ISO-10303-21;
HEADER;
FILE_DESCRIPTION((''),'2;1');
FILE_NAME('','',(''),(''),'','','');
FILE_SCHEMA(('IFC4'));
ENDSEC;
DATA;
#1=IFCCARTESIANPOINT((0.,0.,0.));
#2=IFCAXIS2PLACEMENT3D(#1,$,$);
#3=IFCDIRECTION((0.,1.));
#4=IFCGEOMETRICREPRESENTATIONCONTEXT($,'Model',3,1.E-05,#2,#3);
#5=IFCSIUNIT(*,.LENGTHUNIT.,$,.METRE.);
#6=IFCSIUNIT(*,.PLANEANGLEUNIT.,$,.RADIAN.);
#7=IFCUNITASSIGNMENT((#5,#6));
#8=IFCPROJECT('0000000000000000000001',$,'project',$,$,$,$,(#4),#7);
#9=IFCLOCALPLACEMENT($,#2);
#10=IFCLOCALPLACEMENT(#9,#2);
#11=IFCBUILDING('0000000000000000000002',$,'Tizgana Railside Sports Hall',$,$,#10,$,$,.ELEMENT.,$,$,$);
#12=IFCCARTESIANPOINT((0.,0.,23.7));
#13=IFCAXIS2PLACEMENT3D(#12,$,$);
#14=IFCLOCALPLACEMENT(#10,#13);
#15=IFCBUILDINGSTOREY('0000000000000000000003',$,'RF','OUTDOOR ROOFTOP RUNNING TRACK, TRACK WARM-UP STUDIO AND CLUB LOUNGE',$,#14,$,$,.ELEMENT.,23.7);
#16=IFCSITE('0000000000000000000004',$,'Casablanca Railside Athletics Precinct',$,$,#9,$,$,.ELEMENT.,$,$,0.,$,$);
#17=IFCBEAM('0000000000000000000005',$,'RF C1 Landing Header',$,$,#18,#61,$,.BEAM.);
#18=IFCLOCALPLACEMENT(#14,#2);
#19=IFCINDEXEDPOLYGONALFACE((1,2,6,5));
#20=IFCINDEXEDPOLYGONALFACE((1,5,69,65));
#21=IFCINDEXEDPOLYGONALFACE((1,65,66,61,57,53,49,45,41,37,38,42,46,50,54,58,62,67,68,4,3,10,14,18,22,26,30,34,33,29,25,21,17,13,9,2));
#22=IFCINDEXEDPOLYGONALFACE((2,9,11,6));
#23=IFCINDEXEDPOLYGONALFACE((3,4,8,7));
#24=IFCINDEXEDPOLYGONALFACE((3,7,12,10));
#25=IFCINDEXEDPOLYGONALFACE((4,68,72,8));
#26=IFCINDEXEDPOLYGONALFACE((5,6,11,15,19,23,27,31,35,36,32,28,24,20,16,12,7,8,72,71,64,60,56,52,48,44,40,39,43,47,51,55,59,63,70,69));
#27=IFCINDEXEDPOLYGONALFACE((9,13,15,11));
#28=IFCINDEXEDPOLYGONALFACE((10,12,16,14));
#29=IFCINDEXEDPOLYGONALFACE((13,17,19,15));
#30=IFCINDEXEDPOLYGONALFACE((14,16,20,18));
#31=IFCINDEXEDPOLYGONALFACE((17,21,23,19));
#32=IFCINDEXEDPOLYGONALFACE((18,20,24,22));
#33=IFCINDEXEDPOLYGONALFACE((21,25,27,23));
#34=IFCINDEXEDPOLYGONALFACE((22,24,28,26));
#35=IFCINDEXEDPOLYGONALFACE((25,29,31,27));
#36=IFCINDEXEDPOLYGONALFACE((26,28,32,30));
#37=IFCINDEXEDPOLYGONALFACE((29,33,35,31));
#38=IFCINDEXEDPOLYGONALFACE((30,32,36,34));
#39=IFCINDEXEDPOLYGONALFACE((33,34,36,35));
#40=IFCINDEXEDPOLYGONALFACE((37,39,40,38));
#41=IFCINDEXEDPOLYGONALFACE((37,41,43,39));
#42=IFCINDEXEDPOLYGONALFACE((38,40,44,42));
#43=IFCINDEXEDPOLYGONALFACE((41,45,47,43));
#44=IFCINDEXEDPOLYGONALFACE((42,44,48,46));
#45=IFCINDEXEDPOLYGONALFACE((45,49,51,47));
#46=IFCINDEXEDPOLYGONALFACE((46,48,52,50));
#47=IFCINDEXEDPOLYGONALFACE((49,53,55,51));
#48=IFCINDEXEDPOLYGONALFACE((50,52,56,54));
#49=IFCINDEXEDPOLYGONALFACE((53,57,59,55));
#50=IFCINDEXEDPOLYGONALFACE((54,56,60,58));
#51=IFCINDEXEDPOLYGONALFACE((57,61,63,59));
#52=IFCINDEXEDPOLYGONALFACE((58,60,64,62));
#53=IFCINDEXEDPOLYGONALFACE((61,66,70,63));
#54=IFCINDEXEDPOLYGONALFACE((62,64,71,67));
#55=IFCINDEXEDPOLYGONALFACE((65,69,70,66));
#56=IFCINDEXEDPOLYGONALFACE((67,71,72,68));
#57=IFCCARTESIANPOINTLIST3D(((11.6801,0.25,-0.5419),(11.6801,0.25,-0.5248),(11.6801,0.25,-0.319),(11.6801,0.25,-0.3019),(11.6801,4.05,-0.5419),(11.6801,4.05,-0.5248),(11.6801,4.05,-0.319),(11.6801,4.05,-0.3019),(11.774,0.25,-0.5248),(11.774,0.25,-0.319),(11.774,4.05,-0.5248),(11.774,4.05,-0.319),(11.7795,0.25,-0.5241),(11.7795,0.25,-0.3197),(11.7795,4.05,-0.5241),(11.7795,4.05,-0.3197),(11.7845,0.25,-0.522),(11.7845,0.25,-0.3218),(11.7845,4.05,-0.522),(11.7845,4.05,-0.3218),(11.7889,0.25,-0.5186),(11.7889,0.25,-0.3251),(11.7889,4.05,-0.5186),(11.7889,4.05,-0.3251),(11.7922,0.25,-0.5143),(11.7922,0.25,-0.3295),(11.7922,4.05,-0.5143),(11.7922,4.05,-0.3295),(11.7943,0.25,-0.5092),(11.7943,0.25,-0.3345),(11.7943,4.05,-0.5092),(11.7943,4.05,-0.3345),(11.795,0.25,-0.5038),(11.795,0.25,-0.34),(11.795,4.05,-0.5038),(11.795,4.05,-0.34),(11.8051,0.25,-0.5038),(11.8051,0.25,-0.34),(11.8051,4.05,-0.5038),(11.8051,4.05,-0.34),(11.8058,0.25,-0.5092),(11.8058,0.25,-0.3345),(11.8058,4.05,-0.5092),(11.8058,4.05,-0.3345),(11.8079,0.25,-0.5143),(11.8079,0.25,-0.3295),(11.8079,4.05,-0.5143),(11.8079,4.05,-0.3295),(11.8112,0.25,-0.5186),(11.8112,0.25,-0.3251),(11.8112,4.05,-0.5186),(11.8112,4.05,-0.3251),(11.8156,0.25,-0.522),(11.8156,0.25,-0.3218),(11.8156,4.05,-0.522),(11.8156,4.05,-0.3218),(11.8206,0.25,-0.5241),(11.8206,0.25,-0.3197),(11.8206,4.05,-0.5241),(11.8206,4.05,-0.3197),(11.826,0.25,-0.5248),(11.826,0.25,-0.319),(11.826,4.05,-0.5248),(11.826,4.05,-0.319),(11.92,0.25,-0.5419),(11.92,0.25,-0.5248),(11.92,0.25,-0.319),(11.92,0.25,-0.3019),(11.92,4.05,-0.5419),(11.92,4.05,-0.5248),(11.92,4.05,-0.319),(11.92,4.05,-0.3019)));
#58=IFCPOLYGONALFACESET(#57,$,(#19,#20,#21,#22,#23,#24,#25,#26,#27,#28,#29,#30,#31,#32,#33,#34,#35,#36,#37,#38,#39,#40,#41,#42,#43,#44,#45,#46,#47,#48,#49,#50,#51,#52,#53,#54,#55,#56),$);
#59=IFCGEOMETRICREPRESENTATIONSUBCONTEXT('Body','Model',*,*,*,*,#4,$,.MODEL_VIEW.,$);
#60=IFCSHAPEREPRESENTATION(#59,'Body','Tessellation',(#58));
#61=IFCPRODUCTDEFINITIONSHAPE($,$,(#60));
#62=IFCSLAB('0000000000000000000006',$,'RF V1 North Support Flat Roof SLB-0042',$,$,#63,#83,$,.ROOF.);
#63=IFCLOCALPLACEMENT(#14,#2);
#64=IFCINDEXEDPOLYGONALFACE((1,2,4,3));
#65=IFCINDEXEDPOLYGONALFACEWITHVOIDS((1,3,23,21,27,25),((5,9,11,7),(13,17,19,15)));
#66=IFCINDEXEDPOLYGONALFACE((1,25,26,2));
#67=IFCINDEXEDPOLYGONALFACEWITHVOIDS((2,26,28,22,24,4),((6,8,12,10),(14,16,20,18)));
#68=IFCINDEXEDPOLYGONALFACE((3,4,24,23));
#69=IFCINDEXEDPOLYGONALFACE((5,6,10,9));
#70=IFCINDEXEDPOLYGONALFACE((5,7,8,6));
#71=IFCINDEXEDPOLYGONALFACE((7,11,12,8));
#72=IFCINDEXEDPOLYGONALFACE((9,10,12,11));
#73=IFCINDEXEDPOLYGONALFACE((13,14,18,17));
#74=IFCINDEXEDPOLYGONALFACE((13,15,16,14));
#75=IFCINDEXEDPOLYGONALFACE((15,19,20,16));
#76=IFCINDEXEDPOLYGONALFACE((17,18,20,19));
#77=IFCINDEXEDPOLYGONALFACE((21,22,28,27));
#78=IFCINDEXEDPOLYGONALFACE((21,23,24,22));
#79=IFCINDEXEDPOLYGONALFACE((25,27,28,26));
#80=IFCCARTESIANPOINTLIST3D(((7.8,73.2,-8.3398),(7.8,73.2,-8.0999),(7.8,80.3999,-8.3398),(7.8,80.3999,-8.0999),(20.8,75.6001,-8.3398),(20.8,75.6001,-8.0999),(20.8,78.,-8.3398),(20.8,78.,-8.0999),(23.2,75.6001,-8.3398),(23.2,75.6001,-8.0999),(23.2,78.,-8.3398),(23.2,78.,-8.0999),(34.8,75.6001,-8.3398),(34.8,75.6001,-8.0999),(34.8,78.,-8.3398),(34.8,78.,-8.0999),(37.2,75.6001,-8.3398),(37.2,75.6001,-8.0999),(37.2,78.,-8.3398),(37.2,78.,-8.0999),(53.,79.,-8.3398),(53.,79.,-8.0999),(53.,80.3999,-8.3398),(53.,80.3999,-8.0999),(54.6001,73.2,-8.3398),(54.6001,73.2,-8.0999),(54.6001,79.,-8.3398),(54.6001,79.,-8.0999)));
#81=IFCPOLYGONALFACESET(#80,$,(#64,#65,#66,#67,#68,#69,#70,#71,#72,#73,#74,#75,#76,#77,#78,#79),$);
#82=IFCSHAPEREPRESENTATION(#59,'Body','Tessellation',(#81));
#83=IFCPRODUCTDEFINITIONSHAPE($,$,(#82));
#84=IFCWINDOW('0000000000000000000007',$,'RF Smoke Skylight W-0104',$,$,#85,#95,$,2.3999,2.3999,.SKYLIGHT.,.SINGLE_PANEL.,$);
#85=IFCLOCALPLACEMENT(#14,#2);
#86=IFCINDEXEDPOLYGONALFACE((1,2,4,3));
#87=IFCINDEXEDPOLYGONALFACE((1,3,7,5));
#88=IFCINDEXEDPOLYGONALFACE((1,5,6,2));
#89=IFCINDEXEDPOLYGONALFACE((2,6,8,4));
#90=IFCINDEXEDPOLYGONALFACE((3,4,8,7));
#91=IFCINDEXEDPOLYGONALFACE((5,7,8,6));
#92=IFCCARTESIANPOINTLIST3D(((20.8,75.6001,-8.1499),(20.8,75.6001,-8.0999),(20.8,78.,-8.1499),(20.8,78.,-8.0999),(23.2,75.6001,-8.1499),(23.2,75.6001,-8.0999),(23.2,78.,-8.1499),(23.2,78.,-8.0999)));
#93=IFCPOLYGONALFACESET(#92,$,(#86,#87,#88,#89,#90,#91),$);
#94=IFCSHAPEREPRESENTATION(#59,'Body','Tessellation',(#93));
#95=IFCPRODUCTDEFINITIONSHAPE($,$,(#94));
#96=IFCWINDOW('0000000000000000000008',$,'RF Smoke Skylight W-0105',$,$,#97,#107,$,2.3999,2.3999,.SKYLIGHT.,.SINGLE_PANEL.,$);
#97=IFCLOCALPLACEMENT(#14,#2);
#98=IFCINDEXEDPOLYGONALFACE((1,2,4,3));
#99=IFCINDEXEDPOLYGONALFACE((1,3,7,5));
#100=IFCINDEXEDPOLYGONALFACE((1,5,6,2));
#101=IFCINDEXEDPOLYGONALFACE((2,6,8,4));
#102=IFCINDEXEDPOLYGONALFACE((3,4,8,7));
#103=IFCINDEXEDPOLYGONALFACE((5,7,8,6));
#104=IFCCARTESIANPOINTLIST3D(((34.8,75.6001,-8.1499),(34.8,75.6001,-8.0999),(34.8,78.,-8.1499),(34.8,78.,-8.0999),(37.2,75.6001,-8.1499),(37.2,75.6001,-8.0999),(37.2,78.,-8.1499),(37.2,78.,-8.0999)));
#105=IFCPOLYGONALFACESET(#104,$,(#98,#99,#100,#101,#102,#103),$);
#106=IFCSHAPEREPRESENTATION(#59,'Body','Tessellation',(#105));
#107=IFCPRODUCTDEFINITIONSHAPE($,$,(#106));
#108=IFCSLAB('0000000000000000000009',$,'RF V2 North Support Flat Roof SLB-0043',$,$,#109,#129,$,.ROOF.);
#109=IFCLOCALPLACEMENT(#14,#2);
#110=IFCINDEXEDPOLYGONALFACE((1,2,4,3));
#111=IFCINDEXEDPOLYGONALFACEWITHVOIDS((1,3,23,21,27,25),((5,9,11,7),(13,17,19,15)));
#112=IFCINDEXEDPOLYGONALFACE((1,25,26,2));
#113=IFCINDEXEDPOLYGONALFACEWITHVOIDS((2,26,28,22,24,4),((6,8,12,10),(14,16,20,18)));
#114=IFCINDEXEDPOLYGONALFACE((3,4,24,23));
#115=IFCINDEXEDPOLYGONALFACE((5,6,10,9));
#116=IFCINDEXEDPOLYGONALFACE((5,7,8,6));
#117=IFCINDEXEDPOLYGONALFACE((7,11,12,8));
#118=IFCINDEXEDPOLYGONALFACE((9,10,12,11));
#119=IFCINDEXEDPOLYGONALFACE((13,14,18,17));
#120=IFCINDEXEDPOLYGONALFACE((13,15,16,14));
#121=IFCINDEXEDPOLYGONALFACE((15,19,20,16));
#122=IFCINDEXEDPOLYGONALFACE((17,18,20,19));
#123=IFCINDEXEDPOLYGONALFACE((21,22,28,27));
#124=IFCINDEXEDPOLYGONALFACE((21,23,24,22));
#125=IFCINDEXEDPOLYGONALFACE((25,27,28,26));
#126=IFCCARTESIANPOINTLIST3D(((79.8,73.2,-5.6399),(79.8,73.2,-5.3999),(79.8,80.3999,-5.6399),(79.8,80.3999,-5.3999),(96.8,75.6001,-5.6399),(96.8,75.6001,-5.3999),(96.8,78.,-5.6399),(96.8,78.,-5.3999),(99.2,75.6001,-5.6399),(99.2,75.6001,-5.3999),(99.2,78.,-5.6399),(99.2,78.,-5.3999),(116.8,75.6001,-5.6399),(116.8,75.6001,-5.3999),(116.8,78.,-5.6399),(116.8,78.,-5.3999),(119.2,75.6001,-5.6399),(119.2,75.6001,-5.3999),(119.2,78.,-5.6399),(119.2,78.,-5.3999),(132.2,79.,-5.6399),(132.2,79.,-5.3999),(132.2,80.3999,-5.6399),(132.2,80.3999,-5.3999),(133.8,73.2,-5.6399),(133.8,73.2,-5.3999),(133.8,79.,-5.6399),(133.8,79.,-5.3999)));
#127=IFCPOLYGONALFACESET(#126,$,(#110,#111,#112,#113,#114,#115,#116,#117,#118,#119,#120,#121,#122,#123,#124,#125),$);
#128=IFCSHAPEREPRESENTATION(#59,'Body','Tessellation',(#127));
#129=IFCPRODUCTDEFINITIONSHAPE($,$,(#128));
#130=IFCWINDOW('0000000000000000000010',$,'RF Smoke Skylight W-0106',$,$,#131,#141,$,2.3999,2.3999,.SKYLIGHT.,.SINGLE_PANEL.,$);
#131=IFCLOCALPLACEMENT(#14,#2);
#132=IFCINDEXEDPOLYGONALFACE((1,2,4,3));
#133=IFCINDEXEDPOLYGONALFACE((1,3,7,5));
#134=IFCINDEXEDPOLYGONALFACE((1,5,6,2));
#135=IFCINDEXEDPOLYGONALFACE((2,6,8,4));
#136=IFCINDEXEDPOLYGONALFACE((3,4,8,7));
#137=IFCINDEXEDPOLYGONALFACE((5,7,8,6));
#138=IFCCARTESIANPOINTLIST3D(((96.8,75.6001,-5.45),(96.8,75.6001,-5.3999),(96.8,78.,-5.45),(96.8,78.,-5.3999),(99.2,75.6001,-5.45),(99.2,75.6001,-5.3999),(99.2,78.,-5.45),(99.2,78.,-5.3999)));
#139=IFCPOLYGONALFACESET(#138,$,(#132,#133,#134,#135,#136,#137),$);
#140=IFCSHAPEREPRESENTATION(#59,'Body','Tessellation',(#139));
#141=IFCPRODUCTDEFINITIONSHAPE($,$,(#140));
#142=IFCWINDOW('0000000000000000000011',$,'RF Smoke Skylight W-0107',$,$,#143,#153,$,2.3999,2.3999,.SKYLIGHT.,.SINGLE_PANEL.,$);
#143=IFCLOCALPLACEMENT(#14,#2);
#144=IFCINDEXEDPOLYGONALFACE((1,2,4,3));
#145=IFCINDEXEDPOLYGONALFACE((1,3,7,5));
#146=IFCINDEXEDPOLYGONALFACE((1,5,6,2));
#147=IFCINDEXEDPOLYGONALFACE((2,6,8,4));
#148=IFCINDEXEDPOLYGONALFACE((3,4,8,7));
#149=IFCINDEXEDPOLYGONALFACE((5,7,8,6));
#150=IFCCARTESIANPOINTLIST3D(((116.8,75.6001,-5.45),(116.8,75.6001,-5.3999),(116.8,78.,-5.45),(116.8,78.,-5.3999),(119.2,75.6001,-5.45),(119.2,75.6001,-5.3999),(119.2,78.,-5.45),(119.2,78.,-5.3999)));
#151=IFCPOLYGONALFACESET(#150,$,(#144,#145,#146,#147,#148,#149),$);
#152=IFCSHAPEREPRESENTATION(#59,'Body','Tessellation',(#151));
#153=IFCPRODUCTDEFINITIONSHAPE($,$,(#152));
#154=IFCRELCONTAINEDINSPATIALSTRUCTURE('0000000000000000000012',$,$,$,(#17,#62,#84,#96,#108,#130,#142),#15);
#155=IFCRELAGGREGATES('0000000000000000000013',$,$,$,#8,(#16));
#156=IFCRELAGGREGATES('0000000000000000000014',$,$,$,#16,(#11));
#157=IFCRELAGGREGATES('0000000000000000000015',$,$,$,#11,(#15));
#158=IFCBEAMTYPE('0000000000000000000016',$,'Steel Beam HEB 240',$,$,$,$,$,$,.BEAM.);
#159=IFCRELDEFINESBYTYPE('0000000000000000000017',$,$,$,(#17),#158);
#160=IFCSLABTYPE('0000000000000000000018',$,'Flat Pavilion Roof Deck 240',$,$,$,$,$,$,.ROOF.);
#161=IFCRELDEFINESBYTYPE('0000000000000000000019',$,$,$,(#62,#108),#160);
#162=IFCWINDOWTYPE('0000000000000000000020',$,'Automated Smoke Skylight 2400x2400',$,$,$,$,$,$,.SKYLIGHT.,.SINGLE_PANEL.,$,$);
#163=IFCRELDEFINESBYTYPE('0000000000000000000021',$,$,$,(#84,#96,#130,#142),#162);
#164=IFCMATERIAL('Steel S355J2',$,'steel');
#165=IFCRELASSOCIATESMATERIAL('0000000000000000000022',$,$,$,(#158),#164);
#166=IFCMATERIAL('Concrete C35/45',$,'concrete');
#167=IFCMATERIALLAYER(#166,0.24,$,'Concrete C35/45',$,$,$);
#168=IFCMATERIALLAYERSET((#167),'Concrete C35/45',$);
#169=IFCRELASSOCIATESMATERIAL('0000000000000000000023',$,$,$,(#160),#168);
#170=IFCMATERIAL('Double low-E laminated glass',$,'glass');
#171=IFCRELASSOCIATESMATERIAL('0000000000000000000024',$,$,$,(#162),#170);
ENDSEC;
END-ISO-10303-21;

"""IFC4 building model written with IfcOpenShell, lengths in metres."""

from ifc_helpers import new_model, si_unit, direction, frame, origin, origin_2d, place, context, subcontext, project, spatial, polyline, rectangle, i_section, outline, extrude, material, layer, layer_set, material_profile, profile_set, type_object, element, fill, save


model = new_model("IFC4")

# Units and contexts
model_context = context("Model", 3, precision=1e-05, world=origin(), true_north=direction((0.0, 1.0)))
body_context = subcontext(model_context, "Body", "Model", "MODEL_VIEW")
ifc_project = project(units=[si_unit("LENGTHUNIT", "METRE"), si_unit("PLANEANGLEUNIT", "RADIAN")], contexts=[model_context])

# Site, building, storey
site_placement = place(None, origin())
site = spatial("IfcSite", under=ifc_project, at=site_placement, Name="Casablanca Railside Athletics Precinct", CompositionType="ELEMENT", RefElevation=0.0)
building_placement = place(site_placement, origin())
building = spatial("IfcBuilding", under=site, at=building_placement, Name="Tizgana Railside Sports Hall", CompositionType="ELEMENT")
storey_placement = place(building_placement, frame((0.0, 0.0, 23.7)))
storey = spatial("IfcBuildingStorey", under=building, at=storey_placement, Name="RF", Description="OUTDOOR ROOFTOP RUNNING TRACK, TRACK WARM-UP STUDIO AND CLUB LOUNGE", CompositionType="ELEMENT", Elevation=23.7)

# Beam
ifc_material_1 = material(Name="Steel S355J2", Category="steel")
ifc_material_profile = material_profile(ifc_material_1, i_section(OverallWidth=0.24, OverallDepth=0.24, WebThickness=0.01, FlangeThickness=0.0171, FilletRadius=0.021, at=origin_2d()), Name="HEB 240")
ifc_profile_set = profile_set([ifc_material_profile], Name="Steel S355J2")
beam_type = type_object("IfcBeamType", Name="Steel Beam HEB 240", PredefinedType="BEAM", material=ifc_profile_set)
beam_placement = place(storey_placement, frame((11.8, 0.25, -0.4219), z_axis=(0.0, 1.0, 0.0), x_axis=(-1.0, 0.0, 0.0)))
element("IfcBeam", 1, at=beam_placement, inside=storey, type_object=beam_type, Name="RF C1 Landing Header", PredefinedType="BEAM", context=body_context, shape_type="SweptSolid", body=[
    extrude(i_section(OverallWidth=0.24, OverallDepth=0.24, WebThickness=0.01, FlangeThickness=0.0171, FilletRadius=0.021, at=origin_2d()), origin(), (0.0, 0.0, 1.0), 3.8),
])

# Slabs, openings, windows
ifc_material_2 = material(Name="Concrete C35/45", Category="concrete")
ifc_layer = layer(ifc_material_2, 0.24, Name="Concrete C35/45")
ifc_layer_set = layer_set([ifc_layer], Name="Concrete C35/45")
slab_type = type_object("IfcSlabType", Name="Flat Pavilion Roof Deck 240", PredefinedType="ROOF", material=ifc_layer_set)
slab_1_placement = place(storey_placement, frame((0.0, 0.0, -8.3398)))
slab_1 = element("IfcSlab", 2, at=slab_1_placement, inside=storey, type_object=slab_type, Name="RF V1 North Support Flat Roof SLB-0042", PredefinedType="ROOF", context=body_context, shape_type="SweptSolid", body=[
    extrude(outline(polyline([(7.8, 73.2), (54.6001, 73.2), (54.6001, 79.0), (53.0, 79.0), (53.0, 80.3999), (7.8, 80.3999), (7.8, 73.2)]), holes=[polyline([(20.8, 75.6001), (23.2, 75.6001), (23.2, 78.0), (20.8, 78.0), (20.8, 75.6001)]), polyline([(34.8, 75.6001), (37.2, 75.6001), (37.2, 78.0), (34.8, 78.0), (34.8, 75.6001)])]), origin(), (0.0, 0.0, 1.0), 0.24),
])
opening_1_placement = place(slab_1_placement, frame((22.0, 76.8, 0.0)))
opening_1 = element("IfcOpeningElement", 3, at=opening_1_placement, cuts=slab_1, PredefinedType="OPENING", context=body_context, shape_type="SweptSolid", body=[
    extrude(rectangle(XDim=2.3999, YDim=2.3999, at=origin_2d()), origin(), (0.0, 0.0, 1.0), 0.24),
])
opening_2_placement = place(slab_1_placement, frame((36.0, 76.8, 0.0)))
opening_2 = element("IfcOpeningElement", 4, at=opening_2_placement, cuts=slab_1, PredefinedType="OPENING", context=body_context, shape_type="SweptSolid", body=[
    extrude(rectangle(XDim=2.3999, YDim=2.3999, at=origin_2d()), origin(), (0.0, 0.0, 1.0), 0.24),
])
ifc_material_3 = material(Name="Double low-E laminated glass", Category="glass")
window_type_1 = type_object("IfcWindowType", Name="Automated Smoke Skylight 2400x2400", PartitioningType="SINGLE_PANEL", PredefinedType="SKYLIGHT", material=ifc_material_3)
window_1_placement = place(opening_1_placement, frame((0.0, 0.0, 0.1899)))
window_1 = element("IfcWindow", 5, at=window_1_placement, inside=storey, type_object=window_type_1, Name="RF Smoke Skylight W-0104", OverallHeight=2.3999, OverallWidth=2.3999, PartitioningType="SINGLE_PANEL", PredefinedType="SKYLIGHT", context=body_context, shape_type="SweptSolid", body=[
    extrude(rectangle(XDim=2.3999, YDim=2.3999, at=origin_2d()), origin(), (0.0, 0.0, 1.0), 0.05),
])
fill(opening_1, window_1)
window_2_placement = place(opening_2_placement, frame((0.0, 0.0, 0.1899)))
window_2 = element("IfcWindow", 6, at=window_2_placement, inside=storey, type_object=window_type_1, Name="RF Smoke Skylight W-0105", OverallHeight=2.3999, OverallWidth=2.3999, PartitioningType="SINGLE_PANEL", PredefinedType="SKYLIGHT", context=body_context, shape_type="SweptSolid", body=[
    extrude(rectangle(XDim=2.3999, YDim=2.3999, at=origin_2d()), origin(), (0.0, 0.0, 1.0), 0.05),
])
fill(opening_2, window_2)
slab_2_placement = place(storey_placement, frame((0.0, 0.0, -5.6399)))
slab_2 = element("IfcSlab", 7, at=slab_2_placement, inside=storey, type_object=slab_type, Name="RF V2 North Support Flat Roof SLB-0043", PredefinedType="ROOF", context=body_context, shape_type="SweptSolid", body=[
    extrude(outline(polyline([(79.8, 73.2), (133.8, 73.2), (133.8, 79.0), (132.2, 79.0), (132.2, 80.3999), (79.8, 80.3999), (79.8, 73.2)]), holes=[polyline([(96.8, 75.6001), (99.2, 75.6001), (99.2, 78.0), (96.8, 78.0), (96.8, 75.6001)]), polyline([(116.8, 75.6001), (119.2, 75.6001), (119.2, 78.0), (116.8, 78.0), (116.8, 75.6001)])]), origin(), (0.0, 0.0, 1.0), 0.24),
])
opening_3_placement = place(slab_2_placement, frame((98.0, 76.8, 0.0)))
opening_3 = element("IfcOpeningElement", 8, at=opening_3_placement, cuts=slab_2, PredefinedType="OPENING", context=body_context, shape_type="SweptSolid", body=[
    extrude(rectangle(XDim=2.3999, YDim=2.3999, at=origin_2d()), origin(), (0.0, 0.0, 1.0), 0.24),
])
opening_4_placement = place(slab_2_placement, frame((118.0, 76.8, 0.0)))
opening_4 = element("IfcOpeningElement", 9, at=opening_4_placement, cuts=slab_2, PredefinedType="OPENING", context=body_context, shape_type="SweptSolid", body=[
    extrude(rectangle(XDim=2.3999, YDim=2.3999, at=origin_2d()), origin(), (0.0, 0.0, 1.0), 0.24),
])
window_3_placement = place(opening_3_placement, frame((0.0, 0.0, 0.1899)))
window_3 = element("IfcWindow", 10, at=window_3_placement, inside=storey, type_object=window_type_1, Name="RF Smoke Skylight W-0106", OverallHeight=2.3999, OverallWidth=2.3999, PartitioningType="SINGLE_PANEL", PredefinedType="SKYLIGHT", context=body_context, shape_type="SweptSolid", body=[
    extrude(rectangle(XDim=2.3999, YDim=2.3999, at=origin_2d()), origin(), (0.0, 0.0, 1.0), 0.05),
])
fill(opening_3, window_3)
window_4_placement = place(opening_4_placement, frame((0.0, 0.0, 0.1899)))
window_4 = element("IfcWindow", 11, at=window_4_placement, inside=storey, type_object=window_type_1, Name="RF Smoke Skylight W-0107", OverallHeight=2.3999, OverallWidth=2.3999, PartitioningType="SINGLE_PANEL", PredefinedType="SKYLIGHT", context=body_context, shape_type="SweptSolid", body=[
    extrude(rectangle(XDim=2.3999, YDim=2.3999, at=origin_2d()), origin(), (0.0, 0.0, 1.0), 0.05),
])
fill(opening_4, window_4)

save(model, "model.ifc")
